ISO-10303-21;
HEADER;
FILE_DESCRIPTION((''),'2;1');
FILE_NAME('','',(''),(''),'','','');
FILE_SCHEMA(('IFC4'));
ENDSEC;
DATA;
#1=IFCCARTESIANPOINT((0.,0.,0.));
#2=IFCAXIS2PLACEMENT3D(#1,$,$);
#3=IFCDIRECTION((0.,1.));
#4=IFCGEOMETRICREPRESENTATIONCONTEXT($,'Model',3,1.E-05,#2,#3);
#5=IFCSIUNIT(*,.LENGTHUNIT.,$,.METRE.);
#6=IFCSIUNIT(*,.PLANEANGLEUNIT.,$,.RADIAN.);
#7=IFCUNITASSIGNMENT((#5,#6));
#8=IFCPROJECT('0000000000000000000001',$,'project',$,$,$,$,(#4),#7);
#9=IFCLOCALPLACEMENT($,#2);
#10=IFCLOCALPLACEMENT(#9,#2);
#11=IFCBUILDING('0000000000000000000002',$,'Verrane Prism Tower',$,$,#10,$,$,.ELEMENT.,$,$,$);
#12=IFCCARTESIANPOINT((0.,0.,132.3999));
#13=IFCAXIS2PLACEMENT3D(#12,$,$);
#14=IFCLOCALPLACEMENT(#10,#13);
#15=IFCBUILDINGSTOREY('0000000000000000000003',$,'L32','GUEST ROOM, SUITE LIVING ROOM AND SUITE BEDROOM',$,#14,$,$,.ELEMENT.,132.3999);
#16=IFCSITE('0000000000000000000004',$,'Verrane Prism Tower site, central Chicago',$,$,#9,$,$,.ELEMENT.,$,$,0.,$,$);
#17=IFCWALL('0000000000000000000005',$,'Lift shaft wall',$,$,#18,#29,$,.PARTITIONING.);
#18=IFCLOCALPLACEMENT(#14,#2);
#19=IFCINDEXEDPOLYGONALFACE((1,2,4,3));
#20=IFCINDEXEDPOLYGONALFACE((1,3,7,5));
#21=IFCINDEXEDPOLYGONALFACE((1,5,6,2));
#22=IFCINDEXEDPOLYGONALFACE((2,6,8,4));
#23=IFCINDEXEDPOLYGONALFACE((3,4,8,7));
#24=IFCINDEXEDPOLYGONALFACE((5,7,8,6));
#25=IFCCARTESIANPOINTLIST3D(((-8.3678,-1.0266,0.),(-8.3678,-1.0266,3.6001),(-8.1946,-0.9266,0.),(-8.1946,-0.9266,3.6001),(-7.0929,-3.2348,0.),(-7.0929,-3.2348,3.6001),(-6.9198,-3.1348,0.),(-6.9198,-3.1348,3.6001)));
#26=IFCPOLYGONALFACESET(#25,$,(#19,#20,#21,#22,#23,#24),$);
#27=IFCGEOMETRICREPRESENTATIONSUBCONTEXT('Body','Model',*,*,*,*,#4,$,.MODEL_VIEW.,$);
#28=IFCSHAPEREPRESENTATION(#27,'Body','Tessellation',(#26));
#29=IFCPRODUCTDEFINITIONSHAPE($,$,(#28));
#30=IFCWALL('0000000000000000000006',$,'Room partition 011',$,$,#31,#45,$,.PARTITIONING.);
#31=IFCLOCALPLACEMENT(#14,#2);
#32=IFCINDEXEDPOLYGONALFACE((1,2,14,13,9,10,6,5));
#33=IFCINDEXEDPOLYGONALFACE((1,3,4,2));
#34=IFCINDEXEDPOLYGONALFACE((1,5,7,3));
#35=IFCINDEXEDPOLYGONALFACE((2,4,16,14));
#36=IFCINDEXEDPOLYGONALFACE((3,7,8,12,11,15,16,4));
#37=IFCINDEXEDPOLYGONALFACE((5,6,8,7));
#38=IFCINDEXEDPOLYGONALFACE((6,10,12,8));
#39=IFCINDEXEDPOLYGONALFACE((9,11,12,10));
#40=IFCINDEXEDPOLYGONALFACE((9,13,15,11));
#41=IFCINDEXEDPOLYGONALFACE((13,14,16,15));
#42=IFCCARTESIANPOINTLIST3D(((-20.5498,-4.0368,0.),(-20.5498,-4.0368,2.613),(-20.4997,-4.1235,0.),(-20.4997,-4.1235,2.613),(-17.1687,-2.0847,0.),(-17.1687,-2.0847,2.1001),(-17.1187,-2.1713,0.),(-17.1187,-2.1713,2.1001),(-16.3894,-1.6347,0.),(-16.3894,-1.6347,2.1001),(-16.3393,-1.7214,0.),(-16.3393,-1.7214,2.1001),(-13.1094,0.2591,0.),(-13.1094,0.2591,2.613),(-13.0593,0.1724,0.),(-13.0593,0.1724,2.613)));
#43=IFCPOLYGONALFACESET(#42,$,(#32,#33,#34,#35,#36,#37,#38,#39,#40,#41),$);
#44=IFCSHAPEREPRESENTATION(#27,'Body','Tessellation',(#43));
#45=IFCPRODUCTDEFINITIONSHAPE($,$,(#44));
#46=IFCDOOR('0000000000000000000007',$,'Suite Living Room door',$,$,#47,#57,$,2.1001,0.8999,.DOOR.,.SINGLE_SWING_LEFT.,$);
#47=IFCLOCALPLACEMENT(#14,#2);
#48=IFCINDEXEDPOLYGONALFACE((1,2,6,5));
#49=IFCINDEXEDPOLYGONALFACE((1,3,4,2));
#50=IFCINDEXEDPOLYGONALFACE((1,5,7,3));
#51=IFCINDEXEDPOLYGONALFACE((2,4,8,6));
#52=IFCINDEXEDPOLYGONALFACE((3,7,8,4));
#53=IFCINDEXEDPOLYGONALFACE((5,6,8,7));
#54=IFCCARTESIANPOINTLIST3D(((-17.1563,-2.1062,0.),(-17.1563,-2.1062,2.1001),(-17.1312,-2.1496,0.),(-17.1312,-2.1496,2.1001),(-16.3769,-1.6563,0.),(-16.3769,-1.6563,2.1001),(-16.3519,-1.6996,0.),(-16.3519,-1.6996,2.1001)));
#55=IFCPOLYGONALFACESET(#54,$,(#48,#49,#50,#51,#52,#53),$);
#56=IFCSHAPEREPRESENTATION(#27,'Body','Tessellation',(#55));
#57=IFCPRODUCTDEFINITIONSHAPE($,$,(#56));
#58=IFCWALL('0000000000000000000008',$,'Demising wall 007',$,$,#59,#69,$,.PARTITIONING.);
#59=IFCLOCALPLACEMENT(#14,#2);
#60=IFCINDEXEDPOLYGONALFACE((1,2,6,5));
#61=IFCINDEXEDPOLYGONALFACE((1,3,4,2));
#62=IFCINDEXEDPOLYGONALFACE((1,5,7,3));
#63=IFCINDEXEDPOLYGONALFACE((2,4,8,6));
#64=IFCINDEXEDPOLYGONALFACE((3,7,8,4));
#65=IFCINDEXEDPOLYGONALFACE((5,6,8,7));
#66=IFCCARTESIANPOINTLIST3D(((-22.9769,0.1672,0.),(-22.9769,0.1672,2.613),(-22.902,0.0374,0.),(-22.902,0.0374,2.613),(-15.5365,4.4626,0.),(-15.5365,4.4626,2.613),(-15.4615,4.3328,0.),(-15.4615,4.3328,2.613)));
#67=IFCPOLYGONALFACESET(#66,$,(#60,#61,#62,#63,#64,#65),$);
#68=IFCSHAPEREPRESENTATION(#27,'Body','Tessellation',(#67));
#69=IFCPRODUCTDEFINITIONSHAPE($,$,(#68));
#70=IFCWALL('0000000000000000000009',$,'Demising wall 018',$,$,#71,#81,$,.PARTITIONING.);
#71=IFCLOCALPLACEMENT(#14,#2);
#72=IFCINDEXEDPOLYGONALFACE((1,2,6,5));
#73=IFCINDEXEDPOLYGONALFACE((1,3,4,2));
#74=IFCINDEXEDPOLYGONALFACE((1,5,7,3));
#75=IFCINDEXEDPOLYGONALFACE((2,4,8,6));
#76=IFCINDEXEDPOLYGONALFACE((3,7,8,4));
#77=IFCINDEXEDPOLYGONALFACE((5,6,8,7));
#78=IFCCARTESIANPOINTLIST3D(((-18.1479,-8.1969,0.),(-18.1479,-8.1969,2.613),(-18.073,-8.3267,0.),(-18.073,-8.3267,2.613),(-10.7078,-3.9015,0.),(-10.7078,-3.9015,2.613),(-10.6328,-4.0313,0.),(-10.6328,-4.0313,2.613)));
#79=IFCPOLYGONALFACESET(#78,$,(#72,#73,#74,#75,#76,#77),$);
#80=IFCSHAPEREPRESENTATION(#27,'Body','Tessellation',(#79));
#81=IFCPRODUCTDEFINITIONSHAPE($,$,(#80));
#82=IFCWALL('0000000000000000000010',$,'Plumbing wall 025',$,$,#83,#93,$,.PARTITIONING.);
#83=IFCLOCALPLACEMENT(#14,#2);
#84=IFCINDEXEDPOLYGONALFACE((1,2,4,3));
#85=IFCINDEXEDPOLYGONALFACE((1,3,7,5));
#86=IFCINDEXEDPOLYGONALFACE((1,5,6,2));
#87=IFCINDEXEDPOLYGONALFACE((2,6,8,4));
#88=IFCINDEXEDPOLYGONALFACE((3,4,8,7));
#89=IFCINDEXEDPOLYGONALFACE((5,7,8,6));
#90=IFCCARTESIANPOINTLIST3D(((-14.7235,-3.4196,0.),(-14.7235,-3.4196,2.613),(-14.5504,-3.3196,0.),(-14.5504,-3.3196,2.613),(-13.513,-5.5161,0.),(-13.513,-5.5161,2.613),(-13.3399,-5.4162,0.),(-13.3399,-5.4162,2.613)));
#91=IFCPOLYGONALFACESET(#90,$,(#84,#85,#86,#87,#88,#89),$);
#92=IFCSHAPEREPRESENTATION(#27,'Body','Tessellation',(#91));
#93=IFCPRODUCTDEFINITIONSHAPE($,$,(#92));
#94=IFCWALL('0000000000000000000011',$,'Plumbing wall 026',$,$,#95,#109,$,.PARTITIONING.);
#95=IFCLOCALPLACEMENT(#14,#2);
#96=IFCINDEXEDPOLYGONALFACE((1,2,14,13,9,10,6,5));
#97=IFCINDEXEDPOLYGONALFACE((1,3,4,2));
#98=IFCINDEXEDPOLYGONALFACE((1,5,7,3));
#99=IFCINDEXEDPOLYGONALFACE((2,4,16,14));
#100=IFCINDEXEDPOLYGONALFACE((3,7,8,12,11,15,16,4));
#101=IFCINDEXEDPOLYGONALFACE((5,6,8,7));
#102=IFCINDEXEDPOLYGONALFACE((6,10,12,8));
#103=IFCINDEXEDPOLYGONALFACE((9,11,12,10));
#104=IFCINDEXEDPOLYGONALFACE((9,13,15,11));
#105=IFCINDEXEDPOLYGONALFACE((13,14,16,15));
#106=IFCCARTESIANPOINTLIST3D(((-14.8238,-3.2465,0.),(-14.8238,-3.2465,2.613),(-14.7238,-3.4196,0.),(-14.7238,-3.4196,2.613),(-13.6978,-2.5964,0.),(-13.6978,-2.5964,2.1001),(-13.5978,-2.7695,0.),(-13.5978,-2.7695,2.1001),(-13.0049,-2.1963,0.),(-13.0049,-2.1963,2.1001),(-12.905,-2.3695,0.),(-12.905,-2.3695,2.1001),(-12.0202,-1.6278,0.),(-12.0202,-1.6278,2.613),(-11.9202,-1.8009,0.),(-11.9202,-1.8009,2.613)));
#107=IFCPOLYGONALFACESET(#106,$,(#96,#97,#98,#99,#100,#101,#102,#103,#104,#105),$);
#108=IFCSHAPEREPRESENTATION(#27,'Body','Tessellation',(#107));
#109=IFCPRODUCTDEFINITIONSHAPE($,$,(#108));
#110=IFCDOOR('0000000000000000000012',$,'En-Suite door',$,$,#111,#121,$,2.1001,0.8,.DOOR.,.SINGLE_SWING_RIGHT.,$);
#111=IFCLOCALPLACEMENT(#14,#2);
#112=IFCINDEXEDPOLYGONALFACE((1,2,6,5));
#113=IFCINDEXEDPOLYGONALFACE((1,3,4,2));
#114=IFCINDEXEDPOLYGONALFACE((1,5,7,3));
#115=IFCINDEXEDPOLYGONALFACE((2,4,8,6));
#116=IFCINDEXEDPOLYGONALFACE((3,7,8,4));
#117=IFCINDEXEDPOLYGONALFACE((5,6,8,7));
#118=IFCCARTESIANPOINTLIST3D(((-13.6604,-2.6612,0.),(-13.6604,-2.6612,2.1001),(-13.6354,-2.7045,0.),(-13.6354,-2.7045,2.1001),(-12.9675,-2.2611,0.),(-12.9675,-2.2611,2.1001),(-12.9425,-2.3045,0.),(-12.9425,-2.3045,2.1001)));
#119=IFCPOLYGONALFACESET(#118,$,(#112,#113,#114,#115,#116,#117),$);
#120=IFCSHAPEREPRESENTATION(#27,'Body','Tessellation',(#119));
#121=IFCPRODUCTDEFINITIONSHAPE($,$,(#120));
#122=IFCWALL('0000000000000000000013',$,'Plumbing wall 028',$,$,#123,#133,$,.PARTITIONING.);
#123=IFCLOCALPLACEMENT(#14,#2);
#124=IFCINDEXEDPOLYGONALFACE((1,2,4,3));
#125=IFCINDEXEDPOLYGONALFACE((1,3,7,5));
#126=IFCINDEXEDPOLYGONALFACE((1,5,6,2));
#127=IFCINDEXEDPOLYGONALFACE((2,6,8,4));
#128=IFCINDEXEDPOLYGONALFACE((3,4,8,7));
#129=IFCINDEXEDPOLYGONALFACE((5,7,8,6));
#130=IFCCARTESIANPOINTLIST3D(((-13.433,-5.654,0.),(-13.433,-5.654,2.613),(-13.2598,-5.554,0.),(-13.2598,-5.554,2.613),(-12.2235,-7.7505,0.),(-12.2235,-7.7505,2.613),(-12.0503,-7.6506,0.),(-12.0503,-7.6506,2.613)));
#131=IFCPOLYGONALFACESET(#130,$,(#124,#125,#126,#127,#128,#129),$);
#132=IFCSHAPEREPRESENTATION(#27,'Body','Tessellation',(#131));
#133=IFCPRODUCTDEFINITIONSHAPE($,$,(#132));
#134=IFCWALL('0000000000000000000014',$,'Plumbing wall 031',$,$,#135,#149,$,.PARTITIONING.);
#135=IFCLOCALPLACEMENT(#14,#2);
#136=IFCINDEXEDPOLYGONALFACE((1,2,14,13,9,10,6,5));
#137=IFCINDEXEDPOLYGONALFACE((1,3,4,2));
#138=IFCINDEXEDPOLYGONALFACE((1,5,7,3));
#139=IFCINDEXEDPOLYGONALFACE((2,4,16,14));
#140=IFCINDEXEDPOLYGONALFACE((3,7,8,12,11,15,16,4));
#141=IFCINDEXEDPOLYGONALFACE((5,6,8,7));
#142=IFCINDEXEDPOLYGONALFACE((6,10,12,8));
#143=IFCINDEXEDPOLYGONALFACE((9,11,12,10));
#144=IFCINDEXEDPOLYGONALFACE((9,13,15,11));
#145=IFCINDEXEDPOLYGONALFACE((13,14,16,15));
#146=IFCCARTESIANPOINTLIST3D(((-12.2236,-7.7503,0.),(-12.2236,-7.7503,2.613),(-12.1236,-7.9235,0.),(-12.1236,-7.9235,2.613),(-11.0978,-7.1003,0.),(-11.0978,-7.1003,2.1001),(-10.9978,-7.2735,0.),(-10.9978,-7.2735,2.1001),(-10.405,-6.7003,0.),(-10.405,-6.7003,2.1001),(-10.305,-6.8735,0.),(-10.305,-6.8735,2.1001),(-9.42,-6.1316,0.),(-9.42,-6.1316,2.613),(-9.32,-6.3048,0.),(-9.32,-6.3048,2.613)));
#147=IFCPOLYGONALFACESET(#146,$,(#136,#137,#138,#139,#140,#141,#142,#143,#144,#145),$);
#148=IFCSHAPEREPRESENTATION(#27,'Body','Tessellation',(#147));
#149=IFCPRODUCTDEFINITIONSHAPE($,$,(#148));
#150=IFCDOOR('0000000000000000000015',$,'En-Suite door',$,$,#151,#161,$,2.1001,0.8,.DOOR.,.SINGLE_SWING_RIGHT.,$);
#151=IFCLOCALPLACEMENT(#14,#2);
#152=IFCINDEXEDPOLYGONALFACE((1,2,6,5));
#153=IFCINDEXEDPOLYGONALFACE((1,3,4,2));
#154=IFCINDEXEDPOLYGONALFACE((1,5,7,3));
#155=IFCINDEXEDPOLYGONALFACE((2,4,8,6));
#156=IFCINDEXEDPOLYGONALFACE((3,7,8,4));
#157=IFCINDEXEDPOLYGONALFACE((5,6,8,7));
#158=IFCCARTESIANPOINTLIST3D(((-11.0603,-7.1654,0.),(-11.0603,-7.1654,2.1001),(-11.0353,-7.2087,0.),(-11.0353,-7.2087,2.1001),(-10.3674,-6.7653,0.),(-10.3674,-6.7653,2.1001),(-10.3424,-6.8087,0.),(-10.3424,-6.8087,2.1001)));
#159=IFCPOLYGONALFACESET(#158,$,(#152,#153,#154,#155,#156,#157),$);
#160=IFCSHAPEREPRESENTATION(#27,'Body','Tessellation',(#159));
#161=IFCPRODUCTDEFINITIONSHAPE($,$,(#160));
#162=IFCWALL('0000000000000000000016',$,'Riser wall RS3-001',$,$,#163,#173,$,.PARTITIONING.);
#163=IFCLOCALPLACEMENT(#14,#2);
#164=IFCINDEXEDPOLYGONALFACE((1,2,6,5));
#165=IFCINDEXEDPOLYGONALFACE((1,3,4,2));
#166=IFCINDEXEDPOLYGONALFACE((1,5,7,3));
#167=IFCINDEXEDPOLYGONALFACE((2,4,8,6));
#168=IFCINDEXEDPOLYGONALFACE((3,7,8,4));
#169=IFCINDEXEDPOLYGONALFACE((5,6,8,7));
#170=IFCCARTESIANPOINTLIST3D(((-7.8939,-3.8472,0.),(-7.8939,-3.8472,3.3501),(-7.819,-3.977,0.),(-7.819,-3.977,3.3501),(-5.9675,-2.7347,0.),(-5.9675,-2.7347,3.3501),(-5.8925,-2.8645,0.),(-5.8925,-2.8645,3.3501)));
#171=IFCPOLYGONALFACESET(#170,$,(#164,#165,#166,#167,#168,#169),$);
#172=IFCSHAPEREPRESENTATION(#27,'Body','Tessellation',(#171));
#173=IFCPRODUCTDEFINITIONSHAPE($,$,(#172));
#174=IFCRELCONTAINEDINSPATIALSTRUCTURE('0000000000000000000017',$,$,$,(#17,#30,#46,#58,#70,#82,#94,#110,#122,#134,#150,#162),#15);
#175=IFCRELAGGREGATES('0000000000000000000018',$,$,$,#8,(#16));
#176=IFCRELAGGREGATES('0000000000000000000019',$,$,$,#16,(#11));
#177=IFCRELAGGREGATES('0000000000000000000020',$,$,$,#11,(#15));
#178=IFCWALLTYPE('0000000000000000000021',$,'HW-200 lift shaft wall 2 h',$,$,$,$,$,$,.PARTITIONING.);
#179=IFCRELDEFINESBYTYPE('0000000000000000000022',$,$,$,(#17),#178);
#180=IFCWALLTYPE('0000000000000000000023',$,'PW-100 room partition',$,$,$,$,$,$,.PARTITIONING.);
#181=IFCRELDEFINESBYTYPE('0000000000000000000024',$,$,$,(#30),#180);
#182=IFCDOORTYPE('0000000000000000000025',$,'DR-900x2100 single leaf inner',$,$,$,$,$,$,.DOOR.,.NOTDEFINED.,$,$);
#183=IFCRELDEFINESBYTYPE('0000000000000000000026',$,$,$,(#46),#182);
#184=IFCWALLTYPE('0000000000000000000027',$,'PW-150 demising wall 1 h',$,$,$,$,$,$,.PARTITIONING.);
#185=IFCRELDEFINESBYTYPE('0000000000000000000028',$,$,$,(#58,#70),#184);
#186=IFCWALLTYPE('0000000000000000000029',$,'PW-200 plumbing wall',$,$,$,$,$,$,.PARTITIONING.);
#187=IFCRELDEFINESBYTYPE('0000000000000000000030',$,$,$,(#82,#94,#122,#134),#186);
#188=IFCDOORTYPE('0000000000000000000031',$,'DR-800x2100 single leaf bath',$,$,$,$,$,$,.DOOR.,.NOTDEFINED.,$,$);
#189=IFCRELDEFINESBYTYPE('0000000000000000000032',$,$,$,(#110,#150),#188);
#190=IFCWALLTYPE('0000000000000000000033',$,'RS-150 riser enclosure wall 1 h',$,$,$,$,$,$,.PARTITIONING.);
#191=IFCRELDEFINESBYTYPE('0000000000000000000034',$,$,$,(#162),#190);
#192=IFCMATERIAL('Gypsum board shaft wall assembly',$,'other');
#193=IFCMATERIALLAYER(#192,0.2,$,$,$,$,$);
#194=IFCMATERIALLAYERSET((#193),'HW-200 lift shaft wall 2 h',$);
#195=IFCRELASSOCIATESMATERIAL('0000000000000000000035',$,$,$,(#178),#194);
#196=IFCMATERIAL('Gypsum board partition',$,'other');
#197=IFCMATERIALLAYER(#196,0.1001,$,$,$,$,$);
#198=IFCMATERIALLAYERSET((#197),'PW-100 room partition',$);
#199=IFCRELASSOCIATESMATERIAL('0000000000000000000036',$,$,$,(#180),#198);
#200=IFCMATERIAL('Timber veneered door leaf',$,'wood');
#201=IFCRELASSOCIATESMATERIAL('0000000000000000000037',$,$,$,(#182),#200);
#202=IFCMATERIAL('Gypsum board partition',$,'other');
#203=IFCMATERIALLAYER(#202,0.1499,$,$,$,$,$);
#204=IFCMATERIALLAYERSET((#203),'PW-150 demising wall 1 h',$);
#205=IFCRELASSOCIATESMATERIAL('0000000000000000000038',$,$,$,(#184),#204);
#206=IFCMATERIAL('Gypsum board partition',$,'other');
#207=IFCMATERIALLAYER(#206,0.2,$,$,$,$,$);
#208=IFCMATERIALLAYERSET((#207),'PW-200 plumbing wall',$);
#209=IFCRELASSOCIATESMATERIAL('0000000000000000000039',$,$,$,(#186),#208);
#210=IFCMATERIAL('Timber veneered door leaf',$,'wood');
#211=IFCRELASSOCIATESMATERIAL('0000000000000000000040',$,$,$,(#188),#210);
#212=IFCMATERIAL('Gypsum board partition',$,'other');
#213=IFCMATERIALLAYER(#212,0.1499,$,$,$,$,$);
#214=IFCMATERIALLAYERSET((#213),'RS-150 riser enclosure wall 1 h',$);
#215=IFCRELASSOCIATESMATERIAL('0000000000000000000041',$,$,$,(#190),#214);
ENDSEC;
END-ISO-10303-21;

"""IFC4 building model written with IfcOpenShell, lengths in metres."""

from ifc_helpers import new_model, si_unit, direction, frame, frame_2d, origin, place, context, subcontext, project, spatial, rectangle, extrude, material, layer, layer_set, type_object, element, fill, save


model = new_model("IFC4")

# Units and contexts
model_context = context("Model", 3, precision=1e-05, world=origin(), true_north=direction((0.0, 1.0)))
body_context = subcontext(model_context, "Body", "Model", "MODEL_VIEW")
ifc_project = project(units=[si_unit("LENGTHUNIT", "METRE"), si_unit("PLANEANGLEUNIT", "RADIAN")], contexts=[model_context])

# Site, building, storey
site_placement = place(None, origin())
site = spatial("IfcSite", under=ifc_project, at=site_placement, Name="Verrane Prism Tower site, central Chicago", CompositionType="ELEMENT", RefElevation=0.0)
building_placement = place(site_placement, origin())
building = spatial("IfcBuilding", under=site, at=building_placement, Name="Verrane Prism Tower", CompositionType="ELEMENT")
storey_placement = place(building_placement, frame((0.0, 0.0, 132.3999)))
storey = spatial("IfcBuildingStorey", under=building, at=storey_placement, Name="L32", Description="GUEST ROOM, SUITE LIVING ROOM AND SUITE BEDROOM", CompositionType="ELEMENT", Elevation=132.3999)

# Wall
ifc_material_1 = material(Name="Gypsum board shaft wall assembly", Category="other")
ifc_layer_1 = layer(ifc_material_1, 0.2)
ifc_layer_set_1 = layer_set([ifc_layer_1], Name="HW-200 lift shaft wall 2 h")
wall_type_1 = type_object("IfcWallType", Name="HW-200 lift shaft wall 2 h", PredefinedType="PARTITIONING", material=ifc_layer_set_1)
wall_1_placement = place(storey_placement, frame((-7.0063, -3.1848, 0.0), z_axis=(0.0, 0.0, 1.0), x_axis=(-0.49999, 0.866031, 0.0)))
element("IfcWall", 1, at=wall_1_placement, inside=storey, type_object=wall_type_1, Name="Lift shaft wall", PredefinedType="PARTITIONING", context=body_context, shape_type="SweptSolid", body=[
    extrude(rectangle(XDim=2.5498, YDim=0.2, at=frame_2d((1.2749, 0.0))), origin(), (0.0, 0.0, 1.0), 3.6001),
])

# Wall, opening, door
ifc_material_2 = material(Name="Gypsum board partition", Category="other")
ifc_layer_2 = layer(ifc_material_2, 0.1001)
ifc_layer_set_2 = layer_set([ifc_layer_2], Name="PW-100 room partition")
wall_type_2 = type_object("IfcWallType", Name="PW-100 room partition", PredefinedType="PARTITIONING", material=ifc_layer_set_2)
wall_2_placement = place(storey_placement, frame((-13.0842, 0.2158, 0.0), z_axis=(0.0, 0.0, 1.0), x_axis=(-0.866017, -0.500014, 0.0)))
wall_2 = element("IfcWall", 2, at=wall_2_placement, inside=storey, type_object=wall_type_2, Name="Room partition 011", PredefinedType="PARTITIONING", context=body_context, shape_type="SweptSolid", body=[
    extrude(rectangle(XDim=8.5916, YDim=0.1001, at=frame_2d((4.2959, 0.0))), origin(), (0.0, 0.0, 1.0), 2.613),
])
opening_1_placement = place(wall_2_placement, frame((3.7876, 0.0, 0.0)))
opening_1 = element("IfcOpeningElement", 3, at=opening_1_placement, cuts=wall_2, PredefinedType="OPENING", context=body_context, shape_type="SweptSolid", body=[
    extrude(rectangle(XDim=0.8999, YDim=2.1001, at=frame_2d((0.45, 1.05))), frame((0.0, 0.0601, 0.0), z_axis=(0.0, -1.0, 0.0), x_axis=(1.0, 0.0, 0.0)), (0.0, 0.0, 1.0), 0.1201),
])
ifc_material_3 = material(Name="Timber veneered door leaf", Category="wood")
door_type_1 = type_object("IfcDoorType", Name="DR-900x2100 single leaf inner", OperationType="NOTDEFINED", PredefinedType="DOOR", material=ifc_material_3)
door_1_placement = place(opening_1_placement, origin())
door_1 = element("IfcDoor", 4, at=door_1_placement, inside=storey, type_object=door_type_1, Name="Suite Living Room door", OperationType="SINGLE_SWING_LEFT", OverallHeight=2.1001, OverallWidth=0.8999, PredefinedType="DOOR", context=body_context, shape_type="SweptSolid", body=[
    extrude(rectangle(XDim=0.8999, YDim=2.1001, at=frame_2d((0.45, 1.05))), frame((0.0, 0.0249, 0.0), z_axis=(0.0, -1.0, 0.0), x_axis=(1.0, 0.0, 0.0)), (0.0, 0.0, 1.0), 0.05),
])
fill(opening_1, door_1)

# Walls
ifc_material_4 = material(Name="Gypsum board partition", Category="other")
ifc_layer_3 = layer(ifc_material_4, 0.1499)
ifc_layer_set_3 = layer_set([ifc_layer_3], Name="PW-150 demising wall 1 h")
wall_type_3 = type_object("IfcWallType", Name="PW-150 demising wall 1 h", PredefinedType="PARTITIONING", material=ifc_layer_set_3)
wall_3_placement = place(storey_placement, frame((-22.9395, 0.1023, 0.0), z_axis=(0.0, 0.0, 1.0), x_axis=(0.866042, 0.499972, 0.0)))
element("IfcWall", 5, at=wall_3_placement, inside=storey, type_object=wall_type_3, Name="Demising wall 007", PredefinedType="PARTITIONING", context=body_context, shape_type="SweptSolid", body=[
    extrude(rectangle(XDim=8.5913, YDim=0.1499, at=frame_2d((4.2957, 0.0))), origin(), (0.0, 0.0, 1.0), 2.613),
])
wall_4_placement = place(storey_placement, frame((-18.1104, -8.2617, 0.0), z_axis=(0.0, 0.0, 1.0), x_axis=(0.866035, 0.499984, 0.0)))
element("IfcWall", 6, at=wall_4_placement, inside=storey, type_object=wall_type_3, Name="Demising wall 018", PredefinedType="PARTITIONING", context=body_context, shape_type="SweptSolid", body=[
    extrude(rectangle(XDim=8.5911, YDim=0.1499, at=frame_2d((4.2954, 0.0))), origin(), (0.0, 0.0, 1.0), 2.613),
])
ifc_material_5 = material(Name="Gypsum board partition", Category="other")
ifc_layer_4 = layer(ifc_material_5, 0.2)
ifc_layer_set_4 = layer_set([ifc_layer_4], Name="PW-200 plumbing wall")
wall_type_4 = type_object("IfcWallType", Name="PW-200 plumbing wall", PredefinedType="PARTITIONING", material=ifc_layer_set_4)
wall_5_placement = place(storey_placement, frame((-14.637, -3.3696, 0.0), z_axis=(0.0, 0.0, 1.0), x_axis=(0.500022, -0.866013, 0.0)))
element("IfcWall", 7, at=wall_5_placement, inside=storey, type_object=wall_type_4, Name="Plumbing wall 025", PredefinedType="PARTITIONING", context=body_context, shape_type="SweptSolid", body=[
    extrude(rectangle(XDim=2.4209, YDim=0.2, at=frame_2d((1.2104, 0.0))), origin(), (0.0, 0.0, 1.0), 2.613),
])

# Wall, opening, door
wall_6_placement = place(storey_placement, frame((-11.9702, -1.7144, 0.0), z_axis=(0.0, 0.0, 1.0), x_axis=(-0.866016, -0.500016, 0.0)))
wall_6 = element("IfcWall", 8, at=wall_6_placement, inside=storey, type_object=wall_type_4, Name="Plumbing wall 026", PredefinedType="PARTITIONING", context=body_context, shape_type="SweptSolid", body=[
    extrude(rectangle(XDim=3.2373, YDim=0.2, at=frame_2d((1.6187, 0.0))), origin(), (0.0, 0.0, 1.0), 2.613),
])
opening_2_placement = place(wall_6_placement, frame((1.1372, 0.0, 0.0)))
opening_2 = element("IfcOpeningElement", 9, at=opening_2_placement, cuts=wall_6, PredefinedType="OPENING", context=body_context, shape_type="SweptSolid", body=[
    extrude(rectangle(XDim=0.8, YDim=2.1001, at=frame_2d((0.3999, 1.05))), frame((0.0, 0.1099, 0.0), z_axis=(0.0, -1.0, 0.0), x_axis=(1.0, 0.0, 0.0)), (0.0, 0.0, 1.0), 0.22),
])
ifc_material_6 = material(Name="Timber veneered door leaf", Category="wood")
door_type_2 = type_object("IfcDoorType", Name="DR-800x2100 single leaf bath", OperationType="NOTDEFINED", PredefinedType="DOOR", material=ifc_material_6)
door_2_placement = place(opening_2_placement, origin())
door_2 = element("IfcDoor", 10, at=door_2_placement, inside=storey, type_object=door_type_2, Name="En-Suite door", OperationType="SINGLE_SWING_RIGHT", OverallHeight=2.1001, OverallWidth=0.8, PredefinedType="DOOR", context=body_context, shape_type="SweptSolid", body=[
    extrude(rectangle(XDim=0.8, YDim=2.1001, at=frame_2d((0.3999, 1.05))), frame((0.0, 0.0249, 0.0), z_axis=(0.0, -1.0, 0.0), x_axis=(1.0, 0.0, 0.0)), (0.0, 0.0, 1.0), 0.05),
])
fill(opening_2, door_2)

# Wall
wall_7_placement = place(storey_placement, frame((-13.3464, -5.604, 0.0), z_axis=(0.0, 0.0, 1.0), x_axis=(0.49972, -0.866187, 0.0)))
element("IfcWall", 11, at=wall_7_placement, inside=storey, type_object=wall_type_4, Name="Plumbing wall 028", PredefinedType="PARTITIONING", context=body_context, shape_type="SweptSolid", body=[
    extrude(rectangle(XDim=2.4204, YDim=0.2, at=frame_2d((1.2102, 0.0))), origin(), (0.0, 0.0, 1.0), 2.613),
])

# Wall, opening, door
wall_8_placement = place(storey_placement, frame((-12.1736, -7.8369, 0.0), z_axis=(0.0, 0.0, 1.0), x_axis=(0.866016, 0.500016, 0.0)))
wall_8 = element("IfcWall", 12, at=wall_8_placement, inside=storey, type_object=wall_type_4, Name="Plumbing wall 031", PredefinedType="PARTITIONING", context=body_context, shape_type="SweptSolid", body=[
    extrude(rectangle(XDim=3.2373, YDim=0.2, at=frame_2d((1.6187, 0.0))), origin(), (0.0, 0.0, 1.0), 2.613),
])
opening_3_placement = place(wall_8_placement, frame((1.3, 0.0, 0.0)))
opening_3 = element("IfcOpeningElement", 13, at=opening_3_placement, cuts=wall_8, PredefinedType="OPENING", context=body_context, shape_type="SweptSolid", body=[
    extrude(rectangle(XDim=0.8, YDim=2.1001, at=frame_2d((0.3999, 1.05))), frame((0.0, 0.1099, 0.0), z_axis=(0.0, -1.0, 0.0), x_axis=(1.0, 0.0, 0.0)), (0.0, 0.0, 1.0), 0.22),
])
door_3_placement = place(opening_3_placement, origin())
door_3 = element("IfcDoor", 14, at=door_3_placement, inside=storey, type_object=door_type_2, Name="En-Suite door", OperationType="SINGLE_SWING_RIGHT", OverallHeight=2.1001, OverallWidth=0.8, PredefinedType="DOOR", context=body_context, shape_type="SweptSolid", body=[
    extrude(rectangle(XDim=0.8, YDim=2.1001, at=frame_2d((0.3999, 1.05))), frame((0.0, 0.0249, 0.0), z_axis=(0.0, -1.0, 0.0), x_axis=(1.0, 0.0, 0.0)), (0.0, 0.0, 1.0), 0.05),
])
fill(opening_3, door_3)

# Wall
ifc_material_7 = material(Name="Gypsum board partition", Category="other")
ifc_layer_5 = layer(ifc_material_7, 0.1499)
ifc_layer_set_5 = layer_set([ifc_layer_5], Name="RS-150 riser enclosure wall 1 h")
wall_type_5 = type_object("IfcWallType", Name="RS-150 riser enclosure wall 1 h", PredefinedType="PARTITIONING", material=ifc_layer_set_5)
wall_9_placement = place(storey_placement, frame((-7.8564, -3.9121, 0.0), z_axis=(0.0, 0.0, 1.0), x_axis=(0.865972, 0.500093, 0.0)))
element("IfcWall", 15, at=wall_9_placement, inside=storey, type_object=wall_type_5, Name="Riser wall RS3-001", PredefinedType="PARTITIONING", context=body_context, shape_type="SweptSolid", body=[
    extrude(rectangle(XDim=2.2246, YDim=0.1499, at=frame_2d((1.1123, 0.0))), origin(), (0.0, 0.0, 1.0), 3.3501),
])

save(model, "model.ifc")
